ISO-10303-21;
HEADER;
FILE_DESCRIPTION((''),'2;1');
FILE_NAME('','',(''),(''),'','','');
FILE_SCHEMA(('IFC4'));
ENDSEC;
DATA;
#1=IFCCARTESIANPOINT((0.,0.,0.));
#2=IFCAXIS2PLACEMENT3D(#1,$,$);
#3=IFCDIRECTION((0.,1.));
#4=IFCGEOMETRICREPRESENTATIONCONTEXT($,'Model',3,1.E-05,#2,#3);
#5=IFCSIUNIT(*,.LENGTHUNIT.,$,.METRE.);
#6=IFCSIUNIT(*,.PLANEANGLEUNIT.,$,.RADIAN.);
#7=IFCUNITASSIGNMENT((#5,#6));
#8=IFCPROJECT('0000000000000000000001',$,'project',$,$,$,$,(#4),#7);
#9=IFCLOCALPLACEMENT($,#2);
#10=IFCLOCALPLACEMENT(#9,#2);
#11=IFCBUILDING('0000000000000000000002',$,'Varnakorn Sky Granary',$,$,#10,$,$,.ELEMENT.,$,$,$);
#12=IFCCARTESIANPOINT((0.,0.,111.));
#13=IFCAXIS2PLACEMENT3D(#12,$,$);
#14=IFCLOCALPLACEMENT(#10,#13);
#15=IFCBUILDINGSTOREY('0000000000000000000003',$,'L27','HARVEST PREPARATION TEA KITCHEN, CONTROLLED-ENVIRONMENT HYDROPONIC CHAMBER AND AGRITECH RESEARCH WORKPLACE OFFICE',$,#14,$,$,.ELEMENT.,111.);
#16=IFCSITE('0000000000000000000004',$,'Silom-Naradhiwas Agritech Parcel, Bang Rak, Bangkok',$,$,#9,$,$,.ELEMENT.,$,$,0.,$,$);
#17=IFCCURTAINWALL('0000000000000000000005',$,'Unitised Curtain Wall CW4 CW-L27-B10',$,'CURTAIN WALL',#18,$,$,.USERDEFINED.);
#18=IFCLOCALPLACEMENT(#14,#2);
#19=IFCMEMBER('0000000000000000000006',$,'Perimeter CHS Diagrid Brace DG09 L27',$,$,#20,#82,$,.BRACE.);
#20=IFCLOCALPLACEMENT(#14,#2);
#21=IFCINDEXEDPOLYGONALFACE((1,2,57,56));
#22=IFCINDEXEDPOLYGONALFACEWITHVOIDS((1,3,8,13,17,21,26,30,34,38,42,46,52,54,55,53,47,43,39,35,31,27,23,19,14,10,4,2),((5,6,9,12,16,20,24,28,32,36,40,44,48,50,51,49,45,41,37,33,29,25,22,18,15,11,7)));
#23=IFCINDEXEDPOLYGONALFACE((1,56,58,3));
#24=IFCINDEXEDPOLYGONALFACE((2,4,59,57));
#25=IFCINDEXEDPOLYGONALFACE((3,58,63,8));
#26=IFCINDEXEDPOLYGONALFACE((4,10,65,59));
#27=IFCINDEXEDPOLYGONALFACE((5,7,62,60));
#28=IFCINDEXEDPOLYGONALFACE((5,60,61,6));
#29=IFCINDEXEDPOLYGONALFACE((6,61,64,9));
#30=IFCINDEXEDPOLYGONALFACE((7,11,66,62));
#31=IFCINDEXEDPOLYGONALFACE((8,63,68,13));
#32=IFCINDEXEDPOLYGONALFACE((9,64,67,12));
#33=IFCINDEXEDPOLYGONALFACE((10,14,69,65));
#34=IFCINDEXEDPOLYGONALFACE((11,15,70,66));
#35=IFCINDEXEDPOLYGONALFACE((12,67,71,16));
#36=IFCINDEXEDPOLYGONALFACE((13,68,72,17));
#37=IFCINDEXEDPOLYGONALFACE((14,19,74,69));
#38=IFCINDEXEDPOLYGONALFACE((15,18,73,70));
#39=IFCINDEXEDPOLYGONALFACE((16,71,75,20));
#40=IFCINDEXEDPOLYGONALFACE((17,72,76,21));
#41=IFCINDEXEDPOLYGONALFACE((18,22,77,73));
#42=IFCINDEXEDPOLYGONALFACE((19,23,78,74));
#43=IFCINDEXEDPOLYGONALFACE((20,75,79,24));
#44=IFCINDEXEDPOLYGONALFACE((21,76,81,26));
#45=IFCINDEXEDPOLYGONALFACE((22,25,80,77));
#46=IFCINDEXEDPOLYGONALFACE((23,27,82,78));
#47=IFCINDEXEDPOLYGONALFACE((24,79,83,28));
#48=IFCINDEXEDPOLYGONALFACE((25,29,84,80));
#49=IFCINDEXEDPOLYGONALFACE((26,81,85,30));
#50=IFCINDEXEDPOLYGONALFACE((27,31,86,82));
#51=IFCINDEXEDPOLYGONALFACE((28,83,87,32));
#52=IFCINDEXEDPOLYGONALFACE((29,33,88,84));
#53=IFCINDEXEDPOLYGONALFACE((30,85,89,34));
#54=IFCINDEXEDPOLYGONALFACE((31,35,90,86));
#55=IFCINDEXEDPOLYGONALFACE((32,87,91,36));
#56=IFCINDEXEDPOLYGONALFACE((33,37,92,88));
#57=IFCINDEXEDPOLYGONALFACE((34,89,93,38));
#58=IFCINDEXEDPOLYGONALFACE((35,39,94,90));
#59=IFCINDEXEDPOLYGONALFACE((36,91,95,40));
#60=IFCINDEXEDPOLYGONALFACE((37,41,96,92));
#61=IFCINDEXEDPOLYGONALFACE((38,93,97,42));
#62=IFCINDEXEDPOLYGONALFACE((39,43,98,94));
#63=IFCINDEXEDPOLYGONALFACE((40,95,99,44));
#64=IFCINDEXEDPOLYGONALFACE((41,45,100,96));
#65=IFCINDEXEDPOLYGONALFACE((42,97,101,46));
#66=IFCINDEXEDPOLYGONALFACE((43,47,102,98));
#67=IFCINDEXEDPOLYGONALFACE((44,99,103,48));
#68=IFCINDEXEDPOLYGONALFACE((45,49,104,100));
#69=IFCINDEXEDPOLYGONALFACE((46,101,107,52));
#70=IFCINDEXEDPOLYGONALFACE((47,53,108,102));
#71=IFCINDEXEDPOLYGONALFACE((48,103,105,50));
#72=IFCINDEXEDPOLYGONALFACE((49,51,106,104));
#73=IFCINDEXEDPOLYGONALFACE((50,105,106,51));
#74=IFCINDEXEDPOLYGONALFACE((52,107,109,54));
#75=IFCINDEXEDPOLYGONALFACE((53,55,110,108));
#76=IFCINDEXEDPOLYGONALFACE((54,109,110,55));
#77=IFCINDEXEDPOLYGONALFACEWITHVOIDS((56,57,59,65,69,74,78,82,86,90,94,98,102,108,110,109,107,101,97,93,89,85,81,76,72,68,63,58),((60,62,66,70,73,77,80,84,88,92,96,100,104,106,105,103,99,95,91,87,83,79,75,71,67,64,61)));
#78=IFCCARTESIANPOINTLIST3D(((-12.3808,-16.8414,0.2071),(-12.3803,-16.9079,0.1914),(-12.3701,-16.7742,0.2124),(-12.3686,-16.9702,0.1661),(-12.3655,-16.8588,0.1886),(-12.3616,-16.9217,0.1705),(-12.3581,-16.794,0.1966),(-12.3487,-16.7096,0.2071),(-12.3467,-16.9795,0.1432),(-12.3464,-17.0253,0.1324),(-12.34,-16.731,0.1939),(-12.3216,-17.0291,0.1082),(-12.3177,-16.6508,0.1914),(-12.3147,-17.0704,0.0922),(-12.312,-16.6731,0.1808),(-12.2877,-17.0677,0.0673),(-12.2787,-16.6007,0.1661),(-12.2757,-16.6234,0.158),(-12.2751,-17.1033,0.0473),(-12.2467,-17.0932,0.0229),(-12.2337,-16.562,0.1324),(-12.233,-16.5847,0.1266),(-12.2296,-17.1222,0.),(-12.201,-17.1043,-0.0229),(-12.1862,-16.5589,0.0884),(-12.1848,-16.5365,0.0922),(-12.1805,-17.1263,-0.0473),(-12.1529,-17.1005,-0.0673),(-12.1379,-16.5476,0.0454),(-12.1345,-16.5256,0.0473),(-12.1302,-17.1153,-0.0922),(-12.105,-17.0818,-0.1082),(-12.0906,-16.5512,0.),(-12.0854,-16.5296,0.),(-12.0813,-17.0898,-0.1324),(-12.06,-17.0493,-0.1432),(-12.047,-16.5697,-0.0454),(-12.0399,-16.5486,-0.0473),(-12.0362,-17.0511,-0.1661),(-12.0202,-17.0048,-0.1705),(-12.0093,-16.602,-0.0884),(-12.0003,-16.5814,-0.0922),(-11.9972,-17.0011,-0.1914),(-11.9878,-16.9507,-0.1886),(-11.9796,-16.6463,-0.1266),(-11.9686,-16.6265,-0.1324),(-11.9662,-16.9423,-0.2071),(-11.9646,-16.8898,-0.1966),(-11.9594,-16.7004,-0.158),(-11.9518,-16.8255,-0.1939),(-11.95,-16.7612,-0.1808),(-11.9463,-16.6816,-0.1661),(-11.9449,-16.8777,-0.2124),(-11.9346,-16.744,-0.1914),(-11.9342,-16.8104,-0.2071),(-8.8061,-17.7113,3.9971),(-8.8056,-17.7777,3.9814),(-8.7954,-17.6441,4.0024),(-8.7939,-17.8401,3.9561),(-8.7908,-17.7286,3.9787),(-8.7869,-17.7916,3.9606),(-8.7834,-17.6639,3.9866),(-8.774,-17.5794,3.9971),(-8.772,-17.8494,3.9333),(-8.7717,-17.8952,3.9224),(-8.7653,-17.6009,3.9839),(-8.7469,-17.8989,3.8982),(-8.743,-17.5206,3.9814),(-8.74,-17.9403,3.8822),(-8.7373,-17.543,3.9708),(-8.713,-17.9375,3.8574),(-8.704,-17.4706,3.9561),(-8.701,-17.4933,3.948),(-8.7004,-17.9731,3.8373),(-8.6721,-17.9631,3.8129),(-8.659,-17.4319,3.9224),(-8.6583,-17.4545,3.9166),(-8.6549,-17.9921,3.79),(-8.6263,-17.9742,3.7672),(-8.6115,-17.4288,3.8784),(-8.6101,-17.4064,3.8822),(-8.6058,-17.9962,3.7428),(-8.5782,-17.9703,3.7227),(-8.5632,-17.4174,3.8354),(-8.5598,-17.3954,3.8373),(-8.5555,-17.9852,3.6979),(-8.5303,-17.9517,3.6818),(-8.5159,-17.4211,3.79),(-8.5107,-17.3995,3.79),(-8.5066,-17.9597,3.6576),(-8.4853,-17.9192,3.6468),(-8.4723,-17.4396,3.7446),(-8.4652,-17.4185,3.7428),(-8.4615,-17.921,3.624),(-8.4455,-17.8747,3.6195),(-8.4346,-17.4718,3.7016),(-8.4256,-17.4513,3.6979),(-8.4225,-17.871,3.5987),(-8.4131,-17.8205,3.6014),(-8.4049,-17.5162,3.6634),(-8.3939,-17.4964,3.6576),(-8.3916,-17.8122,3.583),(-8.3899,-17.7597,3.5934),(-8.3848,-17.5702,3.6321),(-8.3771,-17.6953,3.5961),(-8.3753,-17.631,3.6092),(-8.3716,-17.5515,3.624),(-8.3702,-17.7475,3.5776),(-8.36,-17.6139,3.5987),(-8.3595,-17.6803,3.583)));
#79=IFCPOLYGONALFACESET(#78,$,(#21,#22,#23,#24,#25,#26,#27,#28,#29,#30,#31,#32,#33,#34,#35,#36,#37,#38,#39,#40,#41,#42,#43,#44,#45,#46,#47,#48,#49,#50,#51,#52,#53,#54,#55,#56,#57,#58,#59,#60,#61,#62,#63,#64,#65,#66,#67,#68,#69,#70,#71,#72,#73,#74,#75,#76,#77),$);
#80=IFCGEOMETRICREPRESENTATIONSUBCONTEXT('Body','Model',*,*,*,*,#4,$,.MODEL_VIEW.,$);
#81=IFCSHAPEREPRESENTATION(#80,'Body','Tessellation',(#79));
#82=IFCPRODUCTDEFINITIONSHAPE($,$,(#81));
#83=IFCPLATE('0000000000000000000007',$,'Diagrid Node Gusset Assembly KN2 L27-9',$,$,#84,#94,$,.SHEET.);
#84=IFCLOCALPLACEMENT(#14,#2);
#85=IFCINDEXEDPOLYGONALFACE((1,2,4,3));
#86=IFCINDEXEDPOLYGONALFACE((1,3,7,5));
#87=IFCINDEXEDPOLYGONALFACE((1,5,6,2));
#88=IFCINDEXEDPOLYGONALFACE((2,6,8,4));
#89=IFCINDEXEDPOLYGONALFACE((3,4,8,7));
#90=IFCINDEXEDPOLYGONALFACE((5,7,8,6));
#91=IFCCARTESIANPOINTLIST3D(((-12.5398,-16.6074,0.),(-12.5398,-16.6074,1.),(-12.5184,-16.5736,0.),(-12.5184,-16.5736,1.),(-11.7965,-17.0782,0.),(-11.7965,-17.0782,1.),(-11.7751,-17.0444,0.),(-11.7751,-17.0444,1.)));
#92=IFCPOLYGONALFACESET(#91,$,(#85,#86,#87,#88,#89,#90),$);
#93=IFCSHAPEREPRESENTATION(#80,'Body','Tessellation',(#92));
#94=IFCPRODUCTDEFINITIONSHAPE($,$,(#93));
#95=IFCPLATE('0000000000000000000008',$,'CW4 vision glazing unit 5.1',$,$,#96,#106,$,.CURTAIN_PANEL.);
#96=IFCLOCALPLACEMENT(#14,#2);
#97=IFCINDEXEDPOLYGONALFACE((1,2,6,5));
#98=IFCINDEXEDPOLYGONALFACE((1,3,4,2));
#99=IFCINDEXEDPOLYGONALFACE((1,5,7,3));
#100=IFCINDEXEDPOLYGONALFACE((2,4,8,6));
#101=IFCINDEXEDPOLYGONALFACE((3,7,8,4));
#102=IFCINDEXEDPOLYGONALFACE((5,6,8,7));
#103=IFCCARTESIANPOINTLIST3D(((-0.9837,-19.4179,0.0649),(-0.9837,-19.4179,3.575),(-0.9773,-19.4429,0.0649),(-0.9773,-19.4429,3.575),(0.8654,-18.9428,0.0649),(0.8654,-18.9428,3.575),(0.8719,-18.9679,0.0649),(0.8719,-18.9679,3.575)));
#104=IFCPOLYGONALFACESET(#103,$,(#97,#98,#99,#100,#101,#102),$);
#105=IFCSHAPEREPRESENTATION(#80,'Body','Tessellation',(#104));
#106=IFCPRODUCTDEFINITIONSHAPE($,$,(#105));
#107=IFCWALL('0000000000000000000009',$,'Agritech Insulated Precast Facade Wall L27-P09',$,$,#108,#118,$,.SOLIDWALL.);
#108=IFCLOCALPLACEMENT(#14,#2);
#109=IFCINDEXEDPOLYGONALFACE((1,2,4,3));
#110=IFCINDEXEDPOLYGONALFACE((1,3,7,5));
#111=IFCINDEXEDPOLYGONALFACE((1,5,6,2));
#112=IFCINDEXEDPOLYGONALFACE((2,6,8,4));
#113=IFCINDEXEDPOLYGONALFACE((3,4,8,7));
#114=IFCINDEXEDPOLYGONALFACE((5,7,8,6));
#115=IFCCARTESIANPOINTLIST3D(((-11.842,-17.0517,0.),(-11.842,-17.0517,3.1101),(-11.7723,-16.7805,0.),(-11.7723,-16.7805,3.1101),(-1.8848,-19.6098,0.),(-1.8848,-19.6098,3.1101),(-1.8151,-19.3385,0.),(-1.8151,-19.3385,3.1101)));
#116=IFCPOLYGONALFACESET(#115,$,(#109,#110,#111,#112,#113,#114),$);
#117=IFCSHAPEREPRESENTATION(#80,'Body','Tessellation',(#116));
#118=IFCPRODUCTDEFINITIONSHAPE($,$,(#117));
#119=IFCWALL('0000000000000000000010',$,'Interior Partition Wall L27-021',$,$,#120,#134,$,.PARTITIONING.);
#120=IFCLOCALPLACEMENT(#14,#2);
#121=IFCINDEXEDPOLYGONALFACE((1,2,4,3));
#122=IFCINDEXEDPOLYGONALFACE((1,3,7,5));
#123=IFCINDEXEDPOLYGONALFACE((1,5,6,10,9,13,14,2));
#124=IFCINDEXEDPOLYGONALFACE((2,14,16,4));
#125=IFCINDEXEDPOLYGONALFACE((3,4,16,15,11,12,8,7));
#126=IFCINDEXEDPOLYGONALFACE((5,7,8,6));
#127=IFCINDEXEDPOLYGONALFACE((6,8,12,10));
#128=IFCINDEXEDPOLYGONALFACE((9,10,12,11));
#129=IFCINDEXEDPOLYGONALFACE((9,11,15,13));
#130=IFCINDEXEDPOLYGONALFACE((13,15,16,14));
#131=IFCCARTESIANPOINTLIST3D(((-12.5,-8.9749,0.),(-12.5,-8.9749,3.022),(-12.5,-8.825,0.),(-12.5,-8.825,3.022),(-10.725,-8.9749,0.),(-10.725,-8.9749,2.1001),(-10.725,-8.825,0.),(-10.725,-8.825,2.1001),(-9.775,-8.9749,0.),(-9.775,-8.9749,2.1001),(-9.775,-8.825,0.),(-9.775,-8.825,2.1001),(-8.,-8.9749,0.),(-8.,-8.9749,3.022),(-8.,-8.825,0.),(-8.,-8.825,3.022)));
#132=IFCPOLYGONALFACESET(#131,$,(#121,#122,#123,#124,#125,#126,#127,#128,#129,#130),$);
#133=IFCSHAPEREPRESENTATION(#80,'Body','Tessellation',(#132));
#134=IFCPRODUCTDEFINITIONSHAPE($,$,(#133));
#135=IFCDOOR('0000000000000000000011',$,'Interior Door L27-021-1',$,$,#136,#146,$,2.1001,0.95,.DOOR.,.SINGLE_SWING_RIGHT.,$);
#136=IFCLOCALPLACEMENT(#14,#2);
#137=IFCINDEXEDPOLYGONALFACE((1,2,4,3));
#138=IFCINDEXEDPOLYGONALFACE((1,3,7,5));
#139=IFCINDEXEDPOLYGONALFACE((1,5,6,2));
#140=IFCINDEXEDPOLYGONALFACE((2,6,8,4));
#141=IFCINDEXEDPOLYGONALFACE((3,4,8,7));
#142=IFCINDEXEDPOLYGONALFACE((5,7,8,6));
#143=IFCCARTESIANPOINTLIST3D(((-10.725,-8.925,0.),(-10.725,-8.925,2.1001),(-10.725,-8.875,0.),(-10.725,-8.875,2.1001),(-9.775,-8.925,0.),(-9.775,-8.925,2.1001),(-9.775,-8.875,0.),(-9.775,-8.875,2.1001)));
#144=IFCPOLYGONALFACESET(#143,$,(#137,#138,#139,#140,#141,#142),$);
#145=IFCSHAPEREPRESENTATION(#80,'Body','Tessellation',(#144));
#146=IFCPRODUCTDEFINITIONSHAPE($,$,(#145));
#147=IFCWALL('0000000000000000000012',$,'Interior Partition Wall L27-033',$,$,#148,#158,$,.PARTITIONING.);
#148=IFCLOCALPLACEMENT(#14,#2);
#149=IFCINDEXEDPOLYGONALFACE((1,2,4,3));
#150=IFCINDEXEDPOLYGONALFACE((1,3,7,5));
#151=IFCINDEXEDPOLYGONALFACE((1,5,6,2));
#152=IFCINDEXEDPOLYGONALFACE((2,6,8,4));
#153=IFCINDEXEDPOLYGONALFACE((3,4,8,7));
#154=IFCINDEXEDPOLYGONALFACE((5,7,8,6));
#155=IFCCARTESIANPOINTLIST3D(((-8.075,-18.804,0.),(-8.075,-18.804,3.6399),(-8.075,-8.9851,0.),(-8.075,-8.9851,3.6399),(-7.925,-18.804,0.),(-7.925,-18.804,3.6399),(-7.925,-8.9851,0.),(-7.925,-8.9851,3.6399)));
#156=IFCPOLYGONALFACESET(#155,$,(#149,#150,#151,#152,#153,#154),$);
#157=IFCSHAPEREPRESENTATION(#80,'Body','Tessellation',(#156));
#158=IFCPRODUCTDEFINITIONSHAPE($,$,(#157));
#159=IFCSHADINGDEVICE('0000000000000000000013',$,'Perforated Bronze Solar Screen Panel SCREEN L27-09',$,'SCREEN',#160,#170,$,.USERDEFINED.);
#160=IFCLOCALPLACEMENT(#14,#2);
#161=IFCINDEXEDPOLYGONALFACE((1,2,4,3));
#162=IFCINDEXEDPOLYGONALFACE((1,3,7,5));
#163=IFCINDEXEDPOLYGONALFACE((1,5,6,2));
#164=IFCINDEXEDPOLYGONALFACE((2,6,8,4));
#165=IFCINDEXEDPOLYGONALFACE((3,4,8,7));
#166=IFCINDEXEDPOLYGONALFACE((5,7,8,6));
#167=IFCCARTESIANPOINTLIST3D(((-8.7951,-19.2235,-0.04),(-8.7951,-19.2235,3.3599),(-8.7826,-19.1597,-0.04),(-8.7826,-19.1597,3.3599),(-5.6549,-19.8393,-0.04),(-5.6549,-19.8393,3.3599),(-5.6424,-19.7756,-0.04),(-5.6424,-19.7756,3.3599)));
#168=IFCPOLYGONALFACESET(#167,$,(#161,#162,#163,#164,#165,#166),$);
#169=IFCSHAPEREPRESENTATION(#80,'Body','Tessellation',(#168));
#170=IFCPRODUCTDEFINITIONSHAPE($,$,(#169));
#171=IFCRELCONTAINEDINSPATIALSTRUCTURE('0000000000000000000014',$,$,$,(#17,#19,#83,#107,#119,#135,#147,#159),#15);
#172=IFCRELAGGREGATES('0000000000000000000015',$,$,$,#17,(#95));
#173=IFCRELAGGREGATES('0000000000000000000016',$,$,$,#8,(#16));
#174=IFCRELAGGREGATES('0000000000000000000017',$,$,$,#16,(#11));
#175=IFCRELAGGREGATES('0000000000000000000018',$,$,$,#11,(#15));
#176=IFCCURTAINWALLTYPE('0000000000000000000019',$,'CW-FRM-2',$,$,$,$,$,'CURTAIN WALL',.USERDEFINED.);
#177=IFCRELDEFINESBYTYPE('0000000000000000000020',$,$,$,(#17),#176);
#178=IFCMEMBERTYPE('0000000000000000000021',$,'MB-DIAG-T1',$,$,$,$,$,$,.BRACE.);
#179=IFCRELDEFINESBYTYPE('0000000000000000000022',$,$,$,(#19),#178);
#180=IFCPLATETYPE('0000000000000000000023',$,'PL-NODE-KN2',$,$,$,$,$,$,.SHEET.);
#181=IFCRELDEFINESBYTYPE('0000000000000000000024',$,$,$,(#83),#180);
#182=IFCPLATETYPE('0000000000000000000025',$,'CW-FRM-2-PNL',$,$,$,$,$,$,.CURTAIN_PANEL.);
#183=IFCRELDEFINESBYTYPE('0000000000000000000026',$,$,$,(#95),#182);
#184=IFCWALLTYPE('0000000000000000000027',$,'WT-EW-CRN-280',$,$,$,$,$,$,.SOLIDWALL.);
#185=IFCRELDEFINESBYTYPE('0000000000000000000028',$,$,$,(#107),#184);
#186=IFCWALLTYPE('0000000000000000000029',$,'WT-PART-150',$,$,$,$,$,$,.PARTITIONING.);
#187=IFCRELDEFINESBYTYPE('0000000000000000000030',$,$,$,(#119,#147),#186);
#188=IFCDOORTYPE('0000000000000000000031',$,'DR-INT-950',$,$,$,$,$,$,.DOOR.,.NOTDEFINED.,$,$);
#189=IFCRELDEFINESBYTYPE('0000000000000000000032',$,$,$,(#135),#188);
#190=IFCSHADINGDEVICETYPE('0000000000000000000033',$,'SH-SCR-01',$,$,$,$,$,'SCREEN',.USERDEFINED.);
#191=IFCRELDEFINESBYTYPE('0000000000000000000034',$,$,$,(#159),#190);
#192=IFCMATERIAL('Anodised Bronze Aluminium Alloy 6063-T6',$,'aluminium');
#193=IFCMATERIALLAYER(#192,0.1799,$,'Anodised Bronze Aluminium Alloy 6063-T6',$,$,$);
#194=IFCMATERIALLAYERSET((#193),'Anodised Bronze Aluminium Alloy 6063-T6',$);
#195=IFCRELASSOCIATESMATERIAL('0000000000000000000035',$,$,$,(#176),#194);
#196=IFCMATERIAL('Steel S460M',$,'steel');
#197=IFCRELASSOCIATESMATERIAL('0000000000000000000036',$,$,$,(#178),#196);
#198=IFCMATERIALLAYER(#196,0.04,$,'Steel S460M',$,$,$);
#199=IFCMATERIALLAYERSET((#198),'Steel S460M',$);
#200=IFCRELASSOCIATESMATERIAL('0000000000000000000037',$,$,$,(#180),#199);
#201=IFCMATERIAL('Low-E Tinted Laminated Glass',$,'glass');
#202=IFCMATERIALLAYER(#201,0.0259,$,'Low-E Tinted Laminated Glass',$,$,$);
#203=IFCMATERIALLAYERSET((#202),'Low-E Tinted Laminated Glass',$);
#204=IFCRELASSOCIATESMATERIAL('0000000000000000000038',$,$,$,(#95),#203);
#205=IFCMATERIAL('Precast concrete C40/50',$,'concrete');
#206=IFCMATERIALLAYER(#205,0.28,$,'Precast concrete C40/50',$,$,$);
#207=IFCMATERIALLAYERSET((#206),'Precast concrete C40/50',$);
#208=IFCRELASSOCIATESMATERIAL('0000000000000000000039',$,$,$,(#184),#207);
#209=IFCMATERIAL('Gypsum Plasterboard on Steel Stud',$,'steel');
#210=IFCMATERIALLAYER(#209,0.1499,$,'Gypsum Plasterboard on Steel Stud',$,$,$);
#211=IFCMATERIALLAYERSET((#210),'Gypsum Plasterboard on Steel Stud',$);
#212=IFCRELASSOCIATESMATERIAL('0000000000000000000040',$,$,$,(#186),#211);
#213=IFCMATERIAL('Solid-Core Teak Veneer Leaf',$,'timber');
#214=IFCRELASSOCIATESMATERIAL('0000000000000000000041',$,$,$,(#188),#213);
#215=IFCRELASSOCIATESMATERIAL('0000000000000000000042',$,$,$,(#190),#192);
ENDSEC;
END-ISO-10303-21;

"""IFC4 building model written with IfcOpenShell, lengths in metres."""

from ifc_helpers import new_model, si_unit, direction, frame, frame_2d, origin, origin_2d, place, context, subcontext, project, spatial, rectangle, hollow_circle, extrude, source, transform, mapped, material, layer, layer_set, material_profile, profile_set, type_object, type_shapes, element, fill, aggregate, save


model = new_model("IFC4")

# Units and contexts
model_context = context("Model", 3, precision=1e-05, world=origin(), true_north=direction((0.0, 1.0)))
body_context = subcontext(model_context, "Body", "Model", "MODEL_VIEW")
ifc_project = project(units=[si_unit("LENGTHUNIT", "METRE"), si_unit("PLANEANGLEUNIT", "RADIAN")], contexts=[model_context])

# Site, building, storey
site_placement = place(None, origin())
site = spatial("IfcSite", under=ifc_project, at=site_placement, Name="Silom-Naradhiwas Agritech Parcel, Bang Rak, Bangkok", CompositionType="ELEMENT", RefElevation=0.0)
building_placement = place(site_placement, origin())
building = spatial("IfcBuilding", under=site, at=building_placement, Name="Varnakorn Sky Granary", CompositionType="ELEMENT")
storey_placement = place(building_placement, frame((0.0, 0.0, 111.0)))
storey = spatial("IfcBuildingStorey", under=building, at=storey_placement, Name="L27", Description="HARVEST PREPARATION TEA KITCHEN, CONTROLLED-ENVIRONMENT HYDROPONIC CHAMBER AND AGRITECH RESEARCH WORKPLACE OFFICE", CompositionType="ELEMENT", Elevation=111.0)

# Shared definitions
ifc_material_1 = material(Name="Steel S460M", Category="steel")

# Curtain wall
ifc_material_2 = material(Name="Anodised Bronze Aluminium Alloy 6063-T6", Category="aluminium")
ifc_layer_1 = layer(ifc_material_2, 0.1799, Name="Anodised Bronze Aluminium Alloy 6063-T6")
ifc_layer_set_1 = layer_set([ifc_layer_1], Name="Anodised Bronze Aluminium Alloy 6063-T6")
curtain_wall_type = type_object("IfcCurtainWallType", Name="CW-FRM-2", ElementType="CURTAIN WALL", PredefinedType="USERDEFINED", material=ifc_layer_set_1)
curtain_wall_1_placement = place(storey_placement, origin())
curtain_wall_1 = element("IfcCurtainWall", 1, at=curtain_wall_1_placement, inside=storey, type_object=curtain_wall_type, Name="Unitised Curtain Wall CW4 CW-L27-B10", ObjectType="CURTAIN WALL", PredefinedType="USERDEFINED")

# Member
ifc_material_profile_1 = material_profile(ifc_material_1, hollow_circle(Radius=0.3049, WallThickness=0.0222, at=origin_2d()), Name="CHS 610x22")
ifc_profile_set_1 = profile_set([ifc_material_profile_1], Name="Steel S460M")
member_type_1 = type_object("IfcMemberType", Name="MB-DIAG-T1", PredefinedType="BRACE", material=ifc_profile_set_1)
member_1_placement = place(storey_placement, frame((-12.1575, -16.8259, 0.0), z_axis=(0.676771, -0.164686, 0.717538), x_axis=(0.236441, 0.971646, 0.0)))
element("IfcMember", 2, at=member_1_placement, inside=storey, type_object=member_type_1, Name="Perimeter CHS Diagrid Brace DG09 L27", PredefinedType="BRACE", context=body_context, shape_type="SweptSolid", body=[
    extrude(hollow_circle(Radius=0.3049, WallThickness=0.0222, at=origin_2d()), origin(), (0.0, 0.0, 1.0), 5.282),
])

# Plates
ifc_layer_2 = layer(ifc_material_1, 0.04, Name="Steel S460M")
ifc_layer_set_2 = layer_set([ifc_layer_2], Name="Steel S460M")
plate_type_1 = type_object("IfcPlateType", Name="PL-NODE-KN2", PredefinedType="SHEET", material=ifc_layer_set_2)
plate_1_placement = place(storey_placement, frame((-12.1575, -16.8259, 0.0), z_axis=(0.0, 0.0, 1.0), x_axis=(0.844796, -0.535089, 0.0)))
element("IfcPlate", 3, at=plate_1_placement, inside=storey, type_object=plate_type_1, Name="Diagrid Node Gusset Assembly KN2 L27-9", PredefinedType="SHEET", context=body_context, shape_type="SweptSolid", body=[
    extrude(rectangle(XDim=0.8799, YDim=0.04, at=origin_2d()), origin(), (0.0, 0.0, 1.0), 1.0),
])
ifc_material_3 = material(Name="Low-E Tinted Laminated Glass", Category="glass")
ifc_layer_3 = layer(ifc_material_3, 0.0259, Name="Low-E Tinted Laminated Glass")
ifc_layer_set_3 = layer_set([ifc_layer_3], Name="Low-E Tinted Laminated Glass")
plate_type_2 = type_object("IfcPlateType", Name="CW-FRM-2-PNL", PredefinedType="CURTAIN_PANEL")
shared_shape_1 = source(origin(), body_context, "Body", "SweptSolid", [
    extrude(rectangle(XDim=1.9092, YDim=0.0259, at=origin_2d()), origin(), (0.0, 0.0, 1.0), 3.51),
])
type_shapes(plate_type_2, [shared_shape_1])
plate_2_placement = place(storey_placement, frame((-0.0559, -19.1929, 0.0649), z_axis=(0.0, 0.0, 1.0), x_axis=(-0.968549, -0.248823, 0.0)))
plate_2 = element("IfcPlate", 4, at=plate_2_placement, type_object=plate_type_2, material=ifc_layer_set_3, Name="CW4 vision glazing unit 5.1", PredefinedType="CURTAIN_PANEL", context=body_context, shape_type="MappedRepresentation", body=[
    mapped(shared_shape_1, transform((0.0, 0.0, 0.0), x_axis=(1.0, 0.0, 0.0), y_axis=(0.0, 1.0, 0.0), z_axis=(0.0, 0.0, 1.0), scale=1.0)),
])
aggregate(curtain_wall_1, [plate_2])

# Wall
ifc_material_4 = material(Name="Precast concrete C40/50", Category="concrete")
ifc_layer_4 = layer(ifc_material_4, 0.28, Name="Precast concrete C40/50")
ifc_layer_set_4 = layer_set([ifc_layer_4], Name="Precast concrete C40/50")
wall_type_1 = type_object("IfcWallType", Name="WT-EW-CRN-280", PredefinedType="SOLIDWALL", material=ifc_layer_set_4)
wall_1_placement = place(storey_placement, frame((-1.8501, -19.4741, 0.0), z_axis=(0.0, 0.0, 1.0), x_axis=(-0.968548, 0.248828, 0.0)))
element("IfcWall", 5, at=wall_1_placement, inside=storey, type_object=wall_type_1, Name="Agritech Insulated Precast Facade Wall L27-P09", PredefinedType="SOLIDWALL", context=body_context, shape_type="SweptSolid", body=[
    extrude(rectangle(XDim=10.2805, YDim=0.28, at=frame_2d((5.1401, 0.0))), origin(), (0.0, 0.0, 1.0), 3.1101),
])

# Wall, opening, door
ifc_material_5 = material(Name="Gypsum Plasterboard on Steel Stud", Category="steel")
ifc_layer_5 = layer(ifc_material_5, 0.1499, Name="Gypsum Plasterboard on Steel Stud")
ifc_layer_set_5 = layer_set([ifc_layer_5], Name="Gypsum Plasterboard on Steel Stud")
wall_type_2 = type_object("IfcWallType", Name="WT-PART-150", PredefinedType="PARTITIONING", material=ifc_layer_set_5)
wall_2_placement = place(storey_placement, frame((-12.5, -8.8999, 0.0), z_axis=(0.0, 0.0, 1.0), x_axis=(1.0, 0.0, 0.0)))
wall_2 = element("IfcWall", 6, at=wall_2_placement, inside=storey, type_object=wall_type_2, Name="Interior Partition Wall L27-021", PredefinedType="PARTITIONING", context=body_context, shape_type="SweptSolid", body=[
    extrude(rectangle(XDim=4.5, YDim=0.1499, at=frame_2d((2.25, 0.0))), origin(), (0.0, 0.0, 1.0), 3.022),
])
opening_placement = place(wall_2_placement, frame((1.7749, 0.0, 0.0)))
opening = element("IfcOpeningElement", 7, at=opening_placement, cuts=wall_2, PredefinedType="OPENING", context=body_context, shape_type="SweptSolid", body=[
    extrude(rectangle(XDim=0.95, YDim=2.1001, at=frame_2d((0.4751, 1.05))), frame((0.0, 0.085, 0.0), z_axis=(0.0, -1.0, 0.0), x_axis=(1.0, 0.0, 0.0)), (0.0, 0.0, 1.0), 0.1699),
])
ifc_material_6 = material(Name="Solid-Core Teak Veneer Leaf", Category="timber")
door_type = type_object("IfcDoorType", Name="DR-INT-950", OperationType="NOTDEFINED", PredefinedType="DOOR", material=ifc_material_6)
door_placement = place(opening_placement, origin())
door = element("IfcDoor", 8, at=door_placement, inside=storey, type_object=door_type, Name="Interior Door L27-021-1", OperationType="SINGLE_SWING_RIGHT", OverallHeight=2.1001, OverallWidth=0.95, PredefinedType="DOOR", context=body_context, shape_type="SweptSolid", body=[
    extrude(rectangle(XDim=0.95, YDim=2.1001, at=frame_2d((0.4751, 1.05))), frame((0.0, 0.0249, 0.0), z_axis=(0.0, -1.0, 0.0), x_axis=(1.0, 0.0, 0.0)), (0.0, 0.0, 1.0), 0.05),
])
fill(opening, door)

# Wall
wall_3_placement = place(storey_placement, frame((-8.0, -8.9851, 0.0), z_axis=(0.0, 0.0, 1.0), x_axis=(0.0, -1.0, 0.0)))
element("IfcWall", 9, at=wall_3_placement, inside=storey, type_object=wall_type_2, Name="Interior Partition Wall L27-033", PredefinedType="PARTITIONING", context=body_context, shape_type="SweptSolid", body=[
    extrude(rectangle(XDim=9.8188, YDim=0.1499, at=frame_2d((4.9094, 0.0))), origin(), (0.0, 0.0, 1.0), 3.6399),
])

# Shading device
shading_device_type = type_object("IfcShadingDeviceType", Name="SH-SCR-01", ElementType="SCREEN", PredefinedType="USERDEFINED", material=ifc_material_2)
shared_shape_2 = source(origin(), body_context, "Body", "SweptSolid", [
    extrude(rectangle(XDim=3.2, YDim=0.0649, at=origin_2d()), origin(), (0.0, 0.0, 1.0), 3.3999),
])
type_shapes(shading_device_type, [shared_shape_2])
shading_device_placement = place(storey_placement, frame((-7.2188, -19.4995, -0.04), z_axis=(0.0, 0.0, 1.0), x_axis=(0.981308, -0.192442, 0.0)))
element("IfcShadingDevice", 10, at=shading_device_placement, inside=storey, type_object=shading_device_type, Name="Perforated Bronze Solar Screen Panel SCREEN L27-09", ObjectType="SCREEN", PredefinedType="USERDEFINED", context=body_context, shape_type="MappedRepresentation", body=[
    mapped(shared_shape_2, transform((0.0, 0.0, 0.0), x_axis=(1.0, 0.0, 0.0), y_axis=(0.0, 1.0, 0.0), z_axis=(0.0, 0.0, 1.0), scale=1.0)),
])

save(model, "model.ifc")
